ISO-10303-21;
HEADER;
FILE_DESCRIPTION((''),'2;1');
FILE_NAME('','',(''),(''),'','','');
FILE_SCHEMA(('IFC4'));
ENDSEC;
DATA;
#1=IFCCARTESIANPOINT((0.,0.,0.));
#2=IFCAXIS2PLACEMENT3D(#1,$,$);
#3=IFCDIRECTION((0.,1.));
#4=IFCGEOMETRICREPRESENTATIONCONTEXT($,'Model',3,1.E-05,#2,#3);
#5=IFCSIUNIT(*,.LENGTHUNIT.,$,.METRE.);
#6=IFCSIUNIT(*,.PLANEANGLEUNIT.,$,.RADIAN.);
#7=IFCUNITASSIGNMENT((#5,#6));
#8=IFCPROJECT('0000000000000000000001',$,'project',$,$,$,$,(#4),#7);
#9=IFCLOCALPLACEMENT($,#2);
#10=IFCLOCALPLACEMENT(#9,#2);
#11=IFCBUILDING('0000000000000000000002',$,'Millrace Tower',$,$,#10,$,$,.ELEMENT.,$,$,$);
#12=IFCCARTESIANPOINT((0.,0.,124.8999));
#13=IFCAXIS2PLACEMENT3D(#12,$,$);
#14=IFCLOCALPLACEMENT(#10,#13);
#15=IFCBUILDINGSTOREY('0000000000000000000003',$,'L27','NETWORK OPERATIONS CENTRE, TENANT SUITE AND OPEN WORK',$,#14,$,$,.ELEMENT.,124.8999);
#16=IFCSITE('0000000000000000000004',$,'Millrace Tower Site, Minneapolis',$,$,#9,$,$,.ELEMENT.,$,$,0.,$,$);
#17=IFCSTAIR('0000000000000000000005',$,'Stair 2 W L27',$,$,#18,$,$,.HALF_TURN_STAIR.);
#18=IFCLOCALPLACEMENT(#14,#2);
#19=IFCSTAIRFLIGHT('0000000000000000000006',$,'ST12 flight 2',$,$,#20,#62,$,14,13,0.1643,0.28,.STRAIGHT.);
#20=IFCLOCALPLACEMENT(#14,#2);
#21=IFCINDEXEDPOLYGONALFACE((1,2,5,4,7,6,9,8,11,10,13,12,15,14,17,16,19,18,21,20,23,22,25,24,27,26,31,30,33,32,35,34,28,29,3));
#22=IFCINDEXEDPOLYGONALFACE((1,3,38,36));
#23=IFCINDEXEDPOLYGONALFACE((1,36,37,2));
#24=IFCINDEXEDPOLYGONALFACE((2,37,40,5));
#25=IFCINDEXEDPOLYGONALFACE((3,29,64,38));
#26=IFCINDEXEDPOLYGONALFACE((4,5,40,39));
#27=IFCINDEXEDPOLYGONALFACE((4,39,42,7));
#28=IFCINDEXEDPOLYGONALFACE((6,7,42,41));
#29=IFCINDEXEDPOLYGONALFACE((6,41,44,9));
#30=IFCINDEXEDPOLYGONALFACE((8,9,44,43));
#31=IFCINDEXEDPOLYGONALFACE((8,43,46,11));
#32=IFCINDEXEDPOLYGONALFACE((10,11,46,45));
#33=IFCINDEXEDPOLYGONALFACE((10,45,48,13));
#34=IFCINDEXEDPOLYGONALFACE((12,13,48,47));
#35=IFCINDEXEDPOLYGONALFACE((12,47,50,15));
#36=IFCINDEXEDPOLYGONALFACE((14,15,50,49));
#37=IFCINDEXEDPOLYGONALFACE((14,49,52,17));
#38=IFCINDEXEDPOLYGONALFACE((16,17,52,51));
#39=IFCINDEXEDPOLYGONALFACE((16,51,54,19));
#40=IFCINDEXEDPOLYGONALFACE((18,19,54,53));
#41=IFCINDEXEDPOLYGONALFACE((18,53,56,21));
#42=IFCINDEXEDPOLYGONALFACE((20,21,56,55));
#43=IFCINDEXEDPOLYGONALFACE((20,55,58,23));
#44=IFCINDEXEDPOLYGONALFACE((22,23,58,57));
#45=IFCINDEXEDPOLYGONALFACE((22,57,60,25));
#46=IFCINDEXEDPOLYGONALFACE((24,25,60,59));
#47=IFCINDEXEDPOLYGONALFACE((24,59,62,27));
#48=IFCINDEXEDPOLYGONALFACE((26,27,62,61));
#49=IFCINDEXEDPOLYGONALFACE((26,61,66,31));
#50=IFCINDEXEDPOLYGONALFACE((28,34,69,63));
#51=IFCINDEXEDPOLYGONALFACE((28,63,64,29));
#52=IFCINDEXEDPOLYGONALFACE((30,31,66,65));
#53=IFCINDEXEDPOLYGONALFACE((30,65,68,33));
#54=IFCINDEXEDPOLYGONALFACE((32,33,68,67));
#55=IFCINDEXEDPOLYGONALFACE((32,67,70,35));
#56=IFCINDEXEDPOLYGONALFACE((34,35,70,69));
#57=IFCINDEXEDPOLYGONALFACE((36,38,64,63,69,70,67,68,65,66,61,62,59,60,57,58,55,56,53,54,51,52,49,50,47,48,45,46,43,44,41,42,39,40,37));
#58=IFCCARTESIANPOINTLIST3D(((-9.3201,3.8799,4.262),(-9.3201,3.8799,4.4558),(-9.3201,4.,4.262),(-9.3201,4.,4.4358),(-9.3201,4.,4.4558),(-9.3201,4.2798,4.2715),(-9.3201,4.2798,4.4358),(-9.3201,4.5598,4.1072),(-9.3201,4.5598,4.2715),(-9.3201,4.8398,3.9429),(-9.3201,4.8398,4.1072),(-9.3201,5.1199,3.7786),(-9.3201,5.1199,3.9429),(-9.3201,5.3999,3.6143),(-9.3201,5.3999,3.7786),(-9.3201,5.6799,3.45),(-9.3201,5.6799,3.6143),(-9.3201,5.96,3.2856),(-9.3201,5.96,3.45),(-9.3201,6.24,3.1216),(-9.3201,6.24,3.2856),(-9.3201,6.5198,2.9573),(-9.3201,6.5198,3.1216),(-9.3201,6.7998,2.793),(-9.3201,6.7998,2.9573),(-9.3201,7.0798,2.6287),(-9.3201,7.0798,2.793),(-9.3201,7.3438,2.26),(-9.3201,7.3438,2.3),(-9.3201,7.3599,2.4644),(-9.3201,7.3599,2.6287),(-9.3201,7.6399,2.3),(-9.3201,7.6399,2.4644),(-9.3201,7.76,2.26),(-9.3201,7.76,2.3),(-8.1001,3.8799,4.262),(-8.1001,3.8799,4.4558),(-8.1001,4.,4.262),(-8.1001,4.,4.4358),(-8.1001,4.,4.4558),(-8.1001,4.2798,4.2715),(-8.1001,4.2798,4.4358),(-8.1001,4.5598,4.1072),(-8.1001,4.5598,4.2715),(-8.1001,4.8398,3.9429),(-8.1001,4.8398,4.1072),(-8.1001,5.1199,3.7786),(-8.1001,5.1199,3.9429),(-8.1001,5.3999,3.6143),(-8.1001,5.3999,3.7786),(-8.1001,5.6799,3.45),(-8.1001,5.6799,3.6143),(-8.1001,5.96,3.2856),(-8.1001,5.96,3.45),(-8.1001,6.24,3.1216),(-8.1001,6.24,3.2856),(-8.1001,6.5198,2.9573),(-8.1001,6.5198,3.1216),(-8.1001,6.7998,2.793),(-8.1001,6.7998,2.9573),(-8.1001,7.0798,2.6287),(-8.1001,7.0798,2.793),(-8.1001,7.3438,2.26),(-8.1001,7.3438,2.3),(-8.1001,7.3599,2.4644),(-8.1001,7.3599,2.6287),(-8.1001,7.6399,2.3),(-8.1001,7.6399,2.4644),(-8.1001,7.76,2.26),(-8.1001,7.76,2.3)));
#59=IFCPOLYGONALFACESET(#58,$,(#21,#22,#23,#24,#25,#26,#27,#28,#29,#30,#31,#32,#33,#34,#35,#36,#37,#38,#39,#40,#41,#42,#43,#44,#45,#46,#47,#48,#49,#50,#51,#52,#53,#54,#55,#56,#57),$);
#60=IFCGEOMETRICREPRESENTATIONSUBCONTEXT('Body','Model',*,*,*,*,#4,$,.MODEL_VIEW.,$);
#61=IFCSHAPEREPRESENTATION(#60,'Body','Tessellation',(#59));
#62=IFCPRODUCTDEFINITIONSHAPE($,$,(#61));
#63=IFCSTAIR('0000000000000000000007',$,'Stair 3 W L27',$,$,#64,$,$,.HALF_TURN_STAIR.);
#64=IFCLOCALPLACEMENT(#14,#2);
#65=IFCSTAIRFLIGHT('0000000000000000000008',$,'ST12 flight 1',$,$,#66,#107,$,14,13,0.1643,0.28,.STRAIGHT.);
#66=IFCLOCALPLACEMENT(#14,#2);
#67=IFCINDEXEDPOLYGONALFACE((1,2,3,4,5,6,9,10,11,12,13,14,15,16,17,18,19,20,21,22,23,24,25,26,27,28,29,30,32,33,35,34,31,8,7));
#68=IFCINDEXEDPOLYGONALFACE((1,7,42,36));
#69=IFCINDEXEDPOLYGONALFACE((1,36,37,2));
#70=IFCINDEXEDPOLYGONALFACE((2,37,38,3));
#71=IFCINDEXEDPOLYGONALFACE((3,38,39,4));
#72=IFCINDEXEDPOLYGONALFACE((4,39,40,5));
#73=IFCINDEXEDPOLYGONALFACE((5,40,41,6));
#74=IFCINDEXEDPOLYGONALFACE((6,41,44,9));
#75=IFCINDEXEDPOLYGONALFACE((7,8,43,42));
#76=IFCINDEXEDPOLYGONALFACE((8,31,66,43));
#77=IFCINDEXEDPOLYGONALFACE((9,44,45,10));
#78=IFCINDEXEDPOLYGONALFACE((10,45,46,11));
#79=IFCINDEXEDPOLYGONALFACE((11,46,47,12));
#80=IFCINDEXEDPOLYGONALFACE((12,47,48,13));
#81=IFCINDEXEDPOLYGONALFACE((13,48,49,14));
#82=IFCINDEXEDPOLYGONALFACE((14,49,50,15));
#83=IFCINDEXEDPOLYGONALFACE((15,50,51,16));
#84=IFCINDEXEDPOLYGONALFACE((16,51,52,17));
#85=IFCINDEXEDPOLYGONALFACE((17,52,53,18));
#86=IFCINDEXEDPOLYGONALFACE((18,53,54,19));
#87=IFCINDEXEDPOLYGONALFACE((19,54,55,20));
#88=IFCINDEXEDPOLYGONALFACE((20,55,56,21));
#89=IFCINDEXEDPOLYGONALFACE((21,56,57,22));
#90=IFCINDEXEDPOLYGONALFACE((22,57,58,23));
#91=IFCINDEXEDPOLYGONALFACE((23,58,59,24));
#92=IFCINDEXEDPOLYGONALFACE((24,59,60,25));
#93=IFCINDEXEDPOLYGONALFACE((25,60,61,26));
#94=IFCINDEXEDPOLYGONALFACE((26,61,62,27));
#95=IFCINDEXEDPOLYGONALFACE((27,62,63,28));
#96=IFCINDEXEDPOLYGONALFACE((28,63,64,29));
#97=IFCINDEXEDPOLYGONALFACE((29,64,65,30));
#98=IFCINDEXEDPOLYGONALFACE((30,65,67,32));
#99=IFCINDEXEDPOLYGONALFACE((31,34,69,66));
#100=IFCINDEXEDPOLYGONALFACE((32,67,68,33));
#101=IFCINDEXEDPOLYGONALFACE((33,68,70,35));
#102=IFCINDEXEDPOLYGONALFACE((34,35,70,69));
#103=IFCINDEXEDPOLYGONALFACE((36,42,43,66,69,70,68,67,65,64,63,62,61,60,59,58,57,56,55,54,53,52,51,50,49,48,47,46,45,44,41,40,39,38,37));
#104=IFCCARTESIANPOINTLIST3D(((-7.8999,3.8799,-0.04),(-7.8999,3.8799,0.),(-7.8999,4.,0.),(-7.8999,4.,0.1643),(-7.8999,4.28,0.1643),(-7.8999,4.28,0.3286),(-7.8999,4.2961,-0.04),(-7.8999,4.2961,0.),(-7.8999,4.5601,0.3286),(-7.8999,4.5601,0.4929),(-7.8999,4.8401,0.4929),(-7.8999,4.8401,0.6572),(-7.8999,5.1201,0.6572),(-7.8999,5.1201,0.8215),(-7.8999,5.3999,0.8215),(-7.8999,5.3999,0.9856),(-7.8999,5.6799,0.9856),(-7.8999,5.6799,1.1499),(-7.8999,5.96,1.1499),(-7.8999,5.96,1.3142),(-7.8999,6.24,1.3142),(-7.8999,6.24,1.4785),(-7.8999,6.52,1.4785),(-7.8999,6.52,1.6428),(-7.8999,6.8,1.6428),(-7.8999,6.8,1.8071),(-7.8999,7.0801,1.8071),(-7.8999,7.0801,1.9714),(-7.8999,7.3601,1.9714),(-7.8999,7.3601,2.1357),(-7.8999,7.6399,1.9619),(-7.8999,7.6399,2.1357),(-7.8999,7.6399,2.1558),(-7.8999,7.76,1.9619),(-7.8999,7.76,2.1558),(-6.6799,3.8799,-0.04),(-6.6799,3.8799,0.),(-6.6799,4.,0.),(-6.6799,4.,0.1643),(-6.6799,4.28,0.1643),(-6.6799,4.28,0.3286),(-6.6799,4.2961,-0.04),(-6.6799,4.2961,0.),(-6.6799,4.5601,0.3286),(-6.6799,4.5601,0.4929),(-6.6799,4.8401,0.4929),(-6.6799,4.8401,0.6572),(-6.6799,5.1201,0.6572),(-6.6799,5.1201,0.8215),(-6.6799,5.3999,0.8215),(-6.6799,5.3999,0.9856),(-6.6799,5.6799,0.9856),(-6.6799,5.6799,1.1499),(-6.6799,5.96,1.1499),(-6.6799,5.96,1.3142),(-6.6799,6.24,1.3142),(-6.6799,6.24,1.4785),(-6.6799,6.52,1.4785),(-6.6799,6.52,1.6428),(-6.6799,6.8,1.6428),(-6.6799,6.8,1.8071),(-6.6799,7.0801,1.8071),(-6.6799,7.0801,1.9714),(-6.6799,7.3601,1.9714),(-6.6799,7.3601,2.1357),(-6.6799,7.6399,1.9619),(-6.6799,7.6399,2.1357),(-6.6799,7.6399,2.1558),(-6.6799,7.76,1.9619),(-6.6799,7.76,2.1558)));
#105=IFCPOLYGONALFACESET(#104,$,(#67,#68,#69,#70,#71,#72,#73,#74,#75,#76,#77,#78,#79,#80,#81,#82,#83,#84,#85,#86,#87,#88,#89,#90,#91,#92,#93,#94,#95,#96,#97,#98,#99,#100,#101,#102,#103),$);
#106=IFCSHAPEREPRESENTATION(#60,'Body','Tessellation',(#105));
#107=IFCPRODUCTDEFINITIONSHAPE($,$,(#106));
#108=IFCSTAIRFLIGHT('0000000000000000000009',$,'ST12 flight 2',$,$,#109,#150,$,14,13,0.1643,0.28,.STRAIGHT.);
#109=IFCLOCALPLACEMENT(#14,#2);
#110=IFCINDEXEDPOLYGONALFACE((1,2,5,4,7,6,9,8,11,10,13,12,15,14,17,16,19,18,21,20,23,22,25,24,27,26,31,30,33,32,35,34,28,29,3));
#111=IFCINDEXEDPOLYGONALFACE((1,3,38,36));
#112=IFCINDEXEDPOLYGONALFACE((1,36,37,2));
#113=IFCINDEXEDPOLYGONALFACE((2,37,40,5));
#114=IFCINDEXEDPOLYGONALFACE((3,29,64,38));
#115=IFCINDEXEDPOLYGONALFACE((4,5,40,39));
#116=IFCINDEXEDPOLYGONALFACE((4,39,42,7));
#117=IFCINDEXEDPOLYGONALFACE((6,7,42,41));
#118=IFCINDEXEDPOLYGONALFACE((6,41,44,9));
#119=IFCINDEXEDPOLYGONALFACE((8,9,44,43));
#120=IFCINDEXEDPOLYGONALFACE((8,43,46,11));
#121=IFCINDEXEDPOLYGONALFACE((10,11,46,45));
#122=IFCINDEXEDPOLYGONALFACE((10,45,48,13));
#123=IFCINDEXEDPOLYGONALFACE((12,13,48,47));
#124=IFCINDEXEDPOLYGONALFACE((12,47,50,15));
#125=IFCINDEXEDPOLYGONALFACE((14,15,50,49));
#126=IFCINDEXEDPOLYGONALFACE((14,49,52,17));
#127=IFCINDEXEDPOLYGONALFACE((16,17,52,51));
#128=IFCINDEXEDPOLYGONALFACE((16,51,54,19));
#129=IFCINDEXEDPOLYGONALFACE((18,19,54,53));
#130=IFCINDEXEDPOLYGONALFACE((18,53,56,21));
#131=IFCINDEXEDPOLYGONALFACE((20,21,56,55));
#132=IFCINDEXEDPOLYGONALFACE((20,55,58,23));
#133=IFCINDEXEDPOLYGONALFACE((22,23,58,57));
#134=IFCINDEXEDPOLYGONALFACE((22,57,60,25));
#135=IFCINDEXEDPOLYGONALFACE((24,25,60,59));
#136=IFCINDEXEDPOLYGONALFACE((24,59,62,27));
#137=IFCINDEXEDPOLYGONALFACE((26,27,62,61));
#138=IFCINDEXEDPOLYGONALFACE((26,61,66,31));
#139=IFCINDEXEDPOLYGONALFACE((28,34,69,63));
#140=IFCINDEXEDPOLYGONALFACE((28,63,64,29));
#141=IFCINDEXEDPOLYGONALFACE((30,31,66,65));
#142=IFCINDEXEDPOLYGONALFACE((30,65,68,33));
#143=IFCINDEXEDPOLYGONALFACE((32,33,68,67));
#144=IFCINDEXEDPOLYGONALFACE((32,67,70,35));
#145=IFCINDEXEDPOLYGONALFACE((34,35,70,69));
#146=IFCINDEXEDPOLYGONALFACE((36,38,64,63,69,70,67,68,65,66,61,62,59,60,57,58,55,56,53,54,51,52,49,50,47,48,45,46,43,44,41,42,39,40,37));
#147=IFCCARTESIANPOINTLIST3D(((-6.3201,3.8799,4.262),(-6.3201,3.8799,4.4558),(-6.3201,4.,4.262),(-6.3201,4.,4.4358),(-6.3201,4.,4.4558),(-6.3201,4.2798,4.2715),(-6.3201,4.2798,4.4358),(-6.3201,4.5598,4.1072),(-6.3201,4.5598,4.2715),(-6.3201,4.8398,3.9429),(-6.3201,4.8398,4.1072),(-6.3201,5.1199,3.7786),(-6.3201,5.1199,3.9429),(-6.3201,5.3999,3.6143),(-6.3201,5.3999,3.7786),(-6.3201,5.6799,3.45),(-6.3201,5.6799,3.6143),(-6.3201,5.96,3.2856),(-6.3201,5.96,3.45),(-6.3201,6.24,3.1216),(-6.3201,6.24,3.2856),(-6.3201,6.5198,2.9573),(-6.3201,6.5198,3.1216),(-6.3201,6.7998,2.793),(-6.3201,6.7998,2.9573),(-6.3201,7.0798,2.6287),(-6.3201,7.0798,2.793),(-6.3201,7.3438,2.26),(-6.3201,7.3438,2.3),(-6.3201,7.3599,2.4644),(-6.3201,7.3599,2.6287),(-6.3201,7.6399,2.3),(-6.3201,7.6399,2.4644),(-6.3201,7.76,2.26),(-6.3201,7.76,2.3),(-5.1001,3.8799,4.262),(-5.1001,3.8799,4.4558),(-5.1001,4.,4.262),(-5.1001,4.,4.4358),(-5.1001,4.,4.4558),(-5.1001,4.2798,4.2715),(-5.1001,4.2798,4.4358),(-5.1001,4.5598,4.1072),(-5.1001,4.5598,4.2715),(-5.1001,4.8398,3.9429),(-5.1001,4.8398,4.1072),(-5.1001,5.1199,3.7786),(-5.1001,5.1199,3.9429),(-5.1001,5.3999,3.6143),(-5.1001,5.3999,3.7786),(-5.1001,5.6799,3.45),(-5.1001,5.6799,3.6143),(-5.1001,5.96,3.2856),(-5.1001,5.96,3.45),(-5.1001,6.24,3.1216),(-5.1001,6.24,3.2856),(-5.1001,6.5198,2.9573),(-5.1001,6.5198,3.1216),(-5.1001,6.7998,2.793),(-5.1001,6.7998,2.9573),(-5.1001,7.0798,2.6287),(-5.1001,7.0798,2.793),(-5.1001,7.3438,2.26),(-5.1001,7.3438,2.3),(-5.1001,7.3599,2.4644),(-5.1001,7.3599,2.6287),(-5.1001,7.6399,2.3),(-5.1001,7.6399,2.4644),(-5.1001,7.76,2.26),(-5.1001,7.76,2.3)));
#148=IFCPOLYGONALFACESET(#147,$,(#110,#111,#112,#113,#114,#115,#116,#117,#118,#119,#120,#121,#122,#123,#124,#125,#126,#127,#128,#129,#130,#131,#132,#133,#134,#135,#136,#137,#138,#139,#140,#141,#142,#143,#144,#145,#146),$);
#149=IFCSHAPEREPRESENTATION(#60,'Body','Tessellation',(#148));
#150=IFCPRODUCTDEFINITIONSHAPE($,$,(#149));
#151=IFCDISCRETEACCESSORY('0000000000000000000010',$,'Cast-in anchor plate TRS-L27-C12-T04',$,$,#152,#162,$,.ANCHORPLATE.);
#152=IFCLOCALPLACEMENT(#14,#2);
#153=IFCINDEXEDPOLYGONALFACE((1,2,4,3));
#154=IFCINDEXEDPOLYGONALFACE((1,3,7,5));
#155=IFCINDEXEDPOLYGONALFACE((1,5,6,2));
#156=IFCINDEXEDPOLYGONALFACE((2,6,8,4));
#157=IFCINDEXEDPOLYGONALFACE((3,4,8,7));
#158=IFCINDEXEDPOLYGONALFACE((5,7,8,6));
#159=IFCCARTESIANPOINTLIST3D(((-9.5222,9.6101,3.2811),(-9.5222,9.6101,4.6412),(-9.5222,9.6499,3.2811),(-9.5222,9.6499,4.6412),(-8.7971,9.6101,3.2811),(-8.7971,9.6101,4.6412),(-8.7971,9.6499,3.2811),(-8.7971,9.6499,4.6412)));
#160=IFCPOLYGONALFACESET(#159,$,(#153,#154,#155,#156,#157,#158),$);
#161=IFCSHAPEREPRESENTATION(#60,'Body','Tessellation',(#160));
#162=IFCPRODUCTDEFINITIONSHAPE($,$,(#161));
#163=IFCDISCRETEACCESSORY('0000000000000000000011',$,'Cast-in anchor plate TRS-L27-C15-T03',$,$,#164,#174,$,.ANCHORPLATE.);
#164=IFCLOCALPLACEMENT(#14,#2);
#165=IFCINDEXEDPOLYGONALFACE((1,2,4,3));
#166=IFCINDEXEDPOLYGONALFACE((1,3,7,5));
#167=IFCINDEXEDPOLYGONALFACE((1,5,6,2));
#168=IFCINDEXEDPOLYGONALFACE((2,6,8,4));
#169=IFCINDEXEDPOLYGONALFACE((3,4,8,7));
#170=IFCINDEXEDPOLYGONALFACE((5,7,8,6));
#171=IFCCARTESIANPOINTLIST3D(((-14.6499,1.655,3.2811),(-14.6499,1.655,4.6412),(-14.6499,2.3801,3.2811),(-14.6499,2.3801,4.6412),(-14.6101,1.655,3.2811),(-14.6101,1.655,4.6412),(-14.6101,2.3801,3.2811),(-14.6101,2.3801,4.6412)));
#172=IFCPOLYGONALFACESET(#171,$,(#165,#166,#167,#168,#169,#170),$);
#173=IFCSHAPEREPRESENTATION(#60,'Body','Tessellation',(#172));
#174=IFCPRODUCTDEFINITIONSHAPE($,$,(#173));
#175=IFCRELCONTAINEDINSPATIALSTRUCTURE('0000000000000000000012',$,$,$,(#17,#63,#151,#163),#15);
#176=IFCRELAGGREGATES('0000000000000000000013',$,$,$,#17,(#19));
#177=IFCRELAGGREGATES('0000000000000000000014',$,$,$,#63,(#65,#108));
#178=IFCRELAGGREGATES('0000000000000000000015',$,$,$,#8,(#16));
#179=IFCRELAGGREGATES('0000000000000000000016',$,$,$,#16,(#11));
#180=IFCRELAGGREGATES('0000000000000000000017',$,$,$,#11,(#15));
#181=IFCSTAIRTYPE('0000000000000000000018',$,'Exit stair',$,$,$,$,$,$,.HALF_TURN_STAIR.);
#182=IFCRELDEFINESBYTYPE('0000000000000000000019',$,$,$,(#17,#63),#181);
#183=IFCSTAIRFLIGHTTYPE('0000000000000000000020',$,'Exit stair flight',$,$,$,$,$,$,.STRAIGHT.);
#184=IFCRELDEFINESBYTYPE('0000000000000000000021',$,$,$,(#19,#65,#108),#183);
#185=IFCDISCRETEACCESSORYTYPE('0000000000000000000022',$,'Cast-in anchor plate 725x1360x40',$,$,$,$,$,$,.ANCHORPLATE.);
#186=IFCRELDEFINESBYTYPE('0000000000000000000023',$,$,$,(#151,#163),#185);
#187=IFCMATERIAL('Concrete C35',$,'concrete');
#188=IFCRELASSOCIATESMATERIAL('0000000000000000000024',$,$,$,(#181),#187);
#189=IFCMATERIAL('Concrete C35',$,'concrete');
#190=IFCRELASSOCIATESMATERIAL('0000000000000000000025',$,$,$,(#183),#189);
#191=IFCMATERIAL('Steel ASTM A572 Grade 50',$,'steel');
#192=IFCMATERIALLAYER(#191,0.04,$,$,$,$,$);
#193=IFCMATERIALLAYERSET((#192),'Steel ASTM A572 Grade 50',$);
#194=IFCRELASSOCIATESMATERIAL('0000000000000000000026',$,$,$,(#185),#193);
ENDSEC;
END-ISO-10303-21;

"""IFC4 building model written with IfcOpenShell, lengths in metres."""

from ifc_helpers import new_model, si_unit, direction, frame, origin, origin_2d, place, context, subcontext, project, spatial, polyline, rectangle, outline, extrude, material, layer, layer_set, type_object, element, aggregate, save


model = new_model("IFC4")

# Units and contexts
model_context = context("Model", 3, precision=1e-05, world=origin(), true_north=direction((0.0, 1.0)))
body_context = subcontext(model_context, "Body", "Model", "MODEL_VIEW")
ifc_project = project(units=[si_unit("LENGTHUNIT", "METRE"), si_unit("PLANEANGLEUNIT", "RADIAN")], contexts=[model_context])

# Site, building, storey
site_placement = place(None, origin())
site = spatial("IfcSite", under=ifc_project, at=site_placement, Name="Millrace Tower Site, Minneapolis", CompositionType="ELEMENT", RefElevation=0.0)
building_placement = place(site_placement, origin())
building = spatial("IfcBuilding", under=site, at=building_placement, Name="Millrace Tower", CompositionType="ELEMENT")
storey_placement = place(building_placement, frame((0.0, 0.0, 124.8999)))
storey = spatial("IfcBuildingStorey", under=building, at=storey_placement, Name="L27", Description="NETWORK OPERATIONS CENTRE, TENANT SUITE AND OPEN WORK", CompositionType="ELEMENT", Elevation=124.8999)

# Stairs, stair flights
ifc_material_1 = material(Name="Concrete C35", Category="concrete")
stair_type = type_object("IfcStairType", Name="Exit stair", PredefinedType="HALF_TURN_STAIR", material=ifc_material_1)
placement = place(storey_placement, origin())
ifc_material_2 = material(Name="Concrete C35", Category="concrete")
stair_flight_type = type_object("IfcStairFlightType", Name="Exit stair flight", PredefinedType="STRAIGHT", material=ifc_material_2)
stair_1 = element("IfcStair", 1, at=placement, inside=storey, type_object=stair_type, Name="Stair 2 W L27", PredefinedType="HALF_TURN_STAIR")
stair_flight_1_placement = place(storey_placement, frame((-8.71, 7.6399, 2.3), z_axis=(0.0, 0.0, 1.0), x_axis=(0.0, -1.0, 0.0)))
stair_flight_1 = element("IfcStairFlight", 2, at=stair_flight_1_placement, type_object=stair_flight_type, Name="ST12 flight 2", NumberOfRisers=14, NumberOfTreads=13, PredefinedType="STRAIGHT", RiserHeight=0.1643, TreadLength=0.28, context=body_context, shape_type="SweptSolid", body=[
    extrude(outline(polyline([(-0.1201, -0.04), (-0.1201, 0.0), (0.0, 0.0), (0.0, 0.1643), (0.28, 0.1643), (0.28, 0.3286), (0.5601, 0.3286), (0.5601, 0.4929), (0.8401, 0.4929), (0.8401, 0.6572), (1.1201, 0.6572), (1.1201, 0.8215), (1.3999, 0.8215), (1.3999, 0.9856), (1.6799, 0.9856), (1.6799, 1.1499), (1.96, 1.1499), (1.96, 1.3142), (2.24, 1.3142), (2.24, 1.4785), (2.52, 1.4785), (2.52, 1.6428), (2.8, 1.6428), (2.8, 1.8071), (3.0801, 1.8071), (3.0801, 1.9714), (3.3601, 1.9714), (3.3601, 2.1357), (3.6399, 2.1357), (3.6399, 2.1558), (3.76, 2.1558), (3.76, 1.9619), (3.6399, 1.9619), (0.2961, 0.0), (0.2961, -0.04), (-0.1201, -0.04)])), frame((0.0, 0.6099, 0.0), z_axis=(0.0, -1.0, 0.0), x_axis=(1.0, 0.0, 0.0)), (0.0, 0.0, 1.0), 1.22),
])
aggregate(stair_1, [stair_flight_1])
stair_2 = element("IfcStair", 3, at=placement, inside=storey, type_object=stair_type, Name="Stair 3 W L27", PredefinedType="HALF_TURN_STAIR")
stair_flight_2_placement = place(storey_placement, frame((-7.29, 4.0, 0.0), z_axis=(0.0, 0.0, 1.0), x_axis=(0.0, 1.0, 0.0)))
stair_flight_2 = element("IfcStairFlight", 4, at=stair_flight_2_placement, type_object=stair_flight_type, Name="ST12 flight 1", NumberOfRisers=14, NumberOfTreads=13, PredefinedType="STRAIGHT", RiserHeight=0.1643, TreadLength=0.28, context=body_context, shape_type="SweptSolid", body=[
    extrude(outline(polyline([(-0.1201, -0.04), (-0.1201, 0.0), (0.0, 0.0), (0.0, 0.1643), (0.28, 0.1643), (0.28, 0.3286), (0.5601, 0.3286), (0.5601, 0.4929), (0.8401, 0.4929), (0.8401, 0.6572), (1.1201, 0.6572), (1.1201, 0.8215), (1.3999, 0.8215), (1.3999, 0.9856), (1.6799, 0.9856), (1.6799, 1.1499), (1.96, 1.1499), (1.96, 1.3142), (2.24, 1.3142), (2.24, 1.4785), (2.52, 1.4785), (2.52, 1.6428), (2.8, 1.6428), (2.8, 1.8071), (3.0801, 1.8071), (3.0801, 1.9714), (3.3601, 1.9714), (3.3601, 2.1357), (3.6399, 2.1357), (3.6399, 2.1558), (3.76, 2.1558), (3.76, 1.9619), (3.6399, 1.9619), (0.2961, 0.0), (0.2961, -0.04), (-0.1201, -0.04)])), frame((0.0, 0.6099, 0.0), z_axis=(0.0, -1.0, 0.0), x_axis=(1.0, 0.0, 0.0)), (0.0, 0.0, 1.0), 1.22),
])
stair_flight_3_placement = place(storey_placement, frame((-5.71, 7.6399, 2.3), z_axis=(0.0, 0.0, 1.0), x_axis=(0.0, -1.0, 0.0)))
stair_flight_3 = element("IfcStairFlight", 5, at=stair_flight_3_placement, type_object=stair_flight_type, Name="ST12 flight 2", NumberOfRisers=14, NumberOfTreads=13, PredefinedType="STRAIGHT", RiserHeight=0.1643, TreadLength=0.28, context=body_context, shape_type="SweptSolid", body=[
    extrude(outline(polyline([(-0.1201, -0.04), (-0.1201, 0.0), (0.0, 0.0), (0.0, 0.1643), (0.28, 0.1643), (0.28, 0.3286), (0.5601, 0.3286), (0.5601, 0.4929), (0.8401, 0.4929), (0.8401, 0.6572), (1.1201, 0.6572), (1.1201, 0.8215), (1.3999, 0.8215), (1.3999, 0.9856), (1.6799, 0.9856), (1.6799, 1.1499), (1.96, 1.1499), (1.96, 1.3142), (2.24, 1.3142), (2.24, 1.4785), (2.52, 1.4785), (2.52, 1.6428), (2.8, 1.6428), (2.8, 1.8071), (3.0801, 1.8071), (3.0801, 1.9714), (3.3601, 1.9714), (3.3601, 2.1357), (3.6399, 2.1357), (3.6399, 2.1558), (3.76, 2.1558), (3.76, 1.9619), (3.6399, 1.9619), (0.2961, 0.0), (0.2961, -0.04), (-0.1201, -0.04)])), frame((0.0, 0.6099, 0.0), z_axis=(0.0, -1.0, 0.0), x_axis=(1.0, 0.0, 0.0)), (0.0, 0.0, 1.0), 1.22),
])
aggregate(stair_2, [stair_flight_2, stair_flight_3])

# Discrete accessories
ifc_material_3 = material(Name="Steel ASTM A572 Grade 50", Category="steel")
ifc_layer_1 = layer(ifc_material_3, 0.04)
ifc_layer_set_1 = layer_set([ifc_layer_1], Name="Steel ASTM A572 Grade 50")
discrete_accessory_type_1 = type_object("IfcDiscreteAccessoryType", Name="Cast-in anchor plate 725x1360x40", PredefinedType="ANCHORPLATE", material=ifc_layer_set_1)
for number, where, z_axis, x_axis, name in (
    (6, (-9.1597, 9.6101, 3.9612), (0.0, 1.0, 0.0), (-1.0, 0.0, 0.0), "Cast-in anchor plate TRS-L27-C12-T04"),
    (7, (-14.6101, 2.0176, 3.9612), (-1.0, 0.0, 0.0), (0.0, -1.0, 0.0), "Cast-in anchor plate TRS-L27-C15-T03"),
):
    element("IfcDiscreteAccessory", number, at=place(storey_placement, frame(where, z_axis=z_axis, x_axis=x_axis)), inside=storey, type_object=discrete_accessory_type_1, Name=name, PredefinedType="ANCHORPLATE", context=body_context, shape_type="SweptSolid", body=[
        extrude(rectangle(XDim=0.7251, YDim=1.3601, at=origin_2d()), origin(), (0.0, 0.0, 1.0), 0.0398),
    ])

save(model, "model.ifc")
